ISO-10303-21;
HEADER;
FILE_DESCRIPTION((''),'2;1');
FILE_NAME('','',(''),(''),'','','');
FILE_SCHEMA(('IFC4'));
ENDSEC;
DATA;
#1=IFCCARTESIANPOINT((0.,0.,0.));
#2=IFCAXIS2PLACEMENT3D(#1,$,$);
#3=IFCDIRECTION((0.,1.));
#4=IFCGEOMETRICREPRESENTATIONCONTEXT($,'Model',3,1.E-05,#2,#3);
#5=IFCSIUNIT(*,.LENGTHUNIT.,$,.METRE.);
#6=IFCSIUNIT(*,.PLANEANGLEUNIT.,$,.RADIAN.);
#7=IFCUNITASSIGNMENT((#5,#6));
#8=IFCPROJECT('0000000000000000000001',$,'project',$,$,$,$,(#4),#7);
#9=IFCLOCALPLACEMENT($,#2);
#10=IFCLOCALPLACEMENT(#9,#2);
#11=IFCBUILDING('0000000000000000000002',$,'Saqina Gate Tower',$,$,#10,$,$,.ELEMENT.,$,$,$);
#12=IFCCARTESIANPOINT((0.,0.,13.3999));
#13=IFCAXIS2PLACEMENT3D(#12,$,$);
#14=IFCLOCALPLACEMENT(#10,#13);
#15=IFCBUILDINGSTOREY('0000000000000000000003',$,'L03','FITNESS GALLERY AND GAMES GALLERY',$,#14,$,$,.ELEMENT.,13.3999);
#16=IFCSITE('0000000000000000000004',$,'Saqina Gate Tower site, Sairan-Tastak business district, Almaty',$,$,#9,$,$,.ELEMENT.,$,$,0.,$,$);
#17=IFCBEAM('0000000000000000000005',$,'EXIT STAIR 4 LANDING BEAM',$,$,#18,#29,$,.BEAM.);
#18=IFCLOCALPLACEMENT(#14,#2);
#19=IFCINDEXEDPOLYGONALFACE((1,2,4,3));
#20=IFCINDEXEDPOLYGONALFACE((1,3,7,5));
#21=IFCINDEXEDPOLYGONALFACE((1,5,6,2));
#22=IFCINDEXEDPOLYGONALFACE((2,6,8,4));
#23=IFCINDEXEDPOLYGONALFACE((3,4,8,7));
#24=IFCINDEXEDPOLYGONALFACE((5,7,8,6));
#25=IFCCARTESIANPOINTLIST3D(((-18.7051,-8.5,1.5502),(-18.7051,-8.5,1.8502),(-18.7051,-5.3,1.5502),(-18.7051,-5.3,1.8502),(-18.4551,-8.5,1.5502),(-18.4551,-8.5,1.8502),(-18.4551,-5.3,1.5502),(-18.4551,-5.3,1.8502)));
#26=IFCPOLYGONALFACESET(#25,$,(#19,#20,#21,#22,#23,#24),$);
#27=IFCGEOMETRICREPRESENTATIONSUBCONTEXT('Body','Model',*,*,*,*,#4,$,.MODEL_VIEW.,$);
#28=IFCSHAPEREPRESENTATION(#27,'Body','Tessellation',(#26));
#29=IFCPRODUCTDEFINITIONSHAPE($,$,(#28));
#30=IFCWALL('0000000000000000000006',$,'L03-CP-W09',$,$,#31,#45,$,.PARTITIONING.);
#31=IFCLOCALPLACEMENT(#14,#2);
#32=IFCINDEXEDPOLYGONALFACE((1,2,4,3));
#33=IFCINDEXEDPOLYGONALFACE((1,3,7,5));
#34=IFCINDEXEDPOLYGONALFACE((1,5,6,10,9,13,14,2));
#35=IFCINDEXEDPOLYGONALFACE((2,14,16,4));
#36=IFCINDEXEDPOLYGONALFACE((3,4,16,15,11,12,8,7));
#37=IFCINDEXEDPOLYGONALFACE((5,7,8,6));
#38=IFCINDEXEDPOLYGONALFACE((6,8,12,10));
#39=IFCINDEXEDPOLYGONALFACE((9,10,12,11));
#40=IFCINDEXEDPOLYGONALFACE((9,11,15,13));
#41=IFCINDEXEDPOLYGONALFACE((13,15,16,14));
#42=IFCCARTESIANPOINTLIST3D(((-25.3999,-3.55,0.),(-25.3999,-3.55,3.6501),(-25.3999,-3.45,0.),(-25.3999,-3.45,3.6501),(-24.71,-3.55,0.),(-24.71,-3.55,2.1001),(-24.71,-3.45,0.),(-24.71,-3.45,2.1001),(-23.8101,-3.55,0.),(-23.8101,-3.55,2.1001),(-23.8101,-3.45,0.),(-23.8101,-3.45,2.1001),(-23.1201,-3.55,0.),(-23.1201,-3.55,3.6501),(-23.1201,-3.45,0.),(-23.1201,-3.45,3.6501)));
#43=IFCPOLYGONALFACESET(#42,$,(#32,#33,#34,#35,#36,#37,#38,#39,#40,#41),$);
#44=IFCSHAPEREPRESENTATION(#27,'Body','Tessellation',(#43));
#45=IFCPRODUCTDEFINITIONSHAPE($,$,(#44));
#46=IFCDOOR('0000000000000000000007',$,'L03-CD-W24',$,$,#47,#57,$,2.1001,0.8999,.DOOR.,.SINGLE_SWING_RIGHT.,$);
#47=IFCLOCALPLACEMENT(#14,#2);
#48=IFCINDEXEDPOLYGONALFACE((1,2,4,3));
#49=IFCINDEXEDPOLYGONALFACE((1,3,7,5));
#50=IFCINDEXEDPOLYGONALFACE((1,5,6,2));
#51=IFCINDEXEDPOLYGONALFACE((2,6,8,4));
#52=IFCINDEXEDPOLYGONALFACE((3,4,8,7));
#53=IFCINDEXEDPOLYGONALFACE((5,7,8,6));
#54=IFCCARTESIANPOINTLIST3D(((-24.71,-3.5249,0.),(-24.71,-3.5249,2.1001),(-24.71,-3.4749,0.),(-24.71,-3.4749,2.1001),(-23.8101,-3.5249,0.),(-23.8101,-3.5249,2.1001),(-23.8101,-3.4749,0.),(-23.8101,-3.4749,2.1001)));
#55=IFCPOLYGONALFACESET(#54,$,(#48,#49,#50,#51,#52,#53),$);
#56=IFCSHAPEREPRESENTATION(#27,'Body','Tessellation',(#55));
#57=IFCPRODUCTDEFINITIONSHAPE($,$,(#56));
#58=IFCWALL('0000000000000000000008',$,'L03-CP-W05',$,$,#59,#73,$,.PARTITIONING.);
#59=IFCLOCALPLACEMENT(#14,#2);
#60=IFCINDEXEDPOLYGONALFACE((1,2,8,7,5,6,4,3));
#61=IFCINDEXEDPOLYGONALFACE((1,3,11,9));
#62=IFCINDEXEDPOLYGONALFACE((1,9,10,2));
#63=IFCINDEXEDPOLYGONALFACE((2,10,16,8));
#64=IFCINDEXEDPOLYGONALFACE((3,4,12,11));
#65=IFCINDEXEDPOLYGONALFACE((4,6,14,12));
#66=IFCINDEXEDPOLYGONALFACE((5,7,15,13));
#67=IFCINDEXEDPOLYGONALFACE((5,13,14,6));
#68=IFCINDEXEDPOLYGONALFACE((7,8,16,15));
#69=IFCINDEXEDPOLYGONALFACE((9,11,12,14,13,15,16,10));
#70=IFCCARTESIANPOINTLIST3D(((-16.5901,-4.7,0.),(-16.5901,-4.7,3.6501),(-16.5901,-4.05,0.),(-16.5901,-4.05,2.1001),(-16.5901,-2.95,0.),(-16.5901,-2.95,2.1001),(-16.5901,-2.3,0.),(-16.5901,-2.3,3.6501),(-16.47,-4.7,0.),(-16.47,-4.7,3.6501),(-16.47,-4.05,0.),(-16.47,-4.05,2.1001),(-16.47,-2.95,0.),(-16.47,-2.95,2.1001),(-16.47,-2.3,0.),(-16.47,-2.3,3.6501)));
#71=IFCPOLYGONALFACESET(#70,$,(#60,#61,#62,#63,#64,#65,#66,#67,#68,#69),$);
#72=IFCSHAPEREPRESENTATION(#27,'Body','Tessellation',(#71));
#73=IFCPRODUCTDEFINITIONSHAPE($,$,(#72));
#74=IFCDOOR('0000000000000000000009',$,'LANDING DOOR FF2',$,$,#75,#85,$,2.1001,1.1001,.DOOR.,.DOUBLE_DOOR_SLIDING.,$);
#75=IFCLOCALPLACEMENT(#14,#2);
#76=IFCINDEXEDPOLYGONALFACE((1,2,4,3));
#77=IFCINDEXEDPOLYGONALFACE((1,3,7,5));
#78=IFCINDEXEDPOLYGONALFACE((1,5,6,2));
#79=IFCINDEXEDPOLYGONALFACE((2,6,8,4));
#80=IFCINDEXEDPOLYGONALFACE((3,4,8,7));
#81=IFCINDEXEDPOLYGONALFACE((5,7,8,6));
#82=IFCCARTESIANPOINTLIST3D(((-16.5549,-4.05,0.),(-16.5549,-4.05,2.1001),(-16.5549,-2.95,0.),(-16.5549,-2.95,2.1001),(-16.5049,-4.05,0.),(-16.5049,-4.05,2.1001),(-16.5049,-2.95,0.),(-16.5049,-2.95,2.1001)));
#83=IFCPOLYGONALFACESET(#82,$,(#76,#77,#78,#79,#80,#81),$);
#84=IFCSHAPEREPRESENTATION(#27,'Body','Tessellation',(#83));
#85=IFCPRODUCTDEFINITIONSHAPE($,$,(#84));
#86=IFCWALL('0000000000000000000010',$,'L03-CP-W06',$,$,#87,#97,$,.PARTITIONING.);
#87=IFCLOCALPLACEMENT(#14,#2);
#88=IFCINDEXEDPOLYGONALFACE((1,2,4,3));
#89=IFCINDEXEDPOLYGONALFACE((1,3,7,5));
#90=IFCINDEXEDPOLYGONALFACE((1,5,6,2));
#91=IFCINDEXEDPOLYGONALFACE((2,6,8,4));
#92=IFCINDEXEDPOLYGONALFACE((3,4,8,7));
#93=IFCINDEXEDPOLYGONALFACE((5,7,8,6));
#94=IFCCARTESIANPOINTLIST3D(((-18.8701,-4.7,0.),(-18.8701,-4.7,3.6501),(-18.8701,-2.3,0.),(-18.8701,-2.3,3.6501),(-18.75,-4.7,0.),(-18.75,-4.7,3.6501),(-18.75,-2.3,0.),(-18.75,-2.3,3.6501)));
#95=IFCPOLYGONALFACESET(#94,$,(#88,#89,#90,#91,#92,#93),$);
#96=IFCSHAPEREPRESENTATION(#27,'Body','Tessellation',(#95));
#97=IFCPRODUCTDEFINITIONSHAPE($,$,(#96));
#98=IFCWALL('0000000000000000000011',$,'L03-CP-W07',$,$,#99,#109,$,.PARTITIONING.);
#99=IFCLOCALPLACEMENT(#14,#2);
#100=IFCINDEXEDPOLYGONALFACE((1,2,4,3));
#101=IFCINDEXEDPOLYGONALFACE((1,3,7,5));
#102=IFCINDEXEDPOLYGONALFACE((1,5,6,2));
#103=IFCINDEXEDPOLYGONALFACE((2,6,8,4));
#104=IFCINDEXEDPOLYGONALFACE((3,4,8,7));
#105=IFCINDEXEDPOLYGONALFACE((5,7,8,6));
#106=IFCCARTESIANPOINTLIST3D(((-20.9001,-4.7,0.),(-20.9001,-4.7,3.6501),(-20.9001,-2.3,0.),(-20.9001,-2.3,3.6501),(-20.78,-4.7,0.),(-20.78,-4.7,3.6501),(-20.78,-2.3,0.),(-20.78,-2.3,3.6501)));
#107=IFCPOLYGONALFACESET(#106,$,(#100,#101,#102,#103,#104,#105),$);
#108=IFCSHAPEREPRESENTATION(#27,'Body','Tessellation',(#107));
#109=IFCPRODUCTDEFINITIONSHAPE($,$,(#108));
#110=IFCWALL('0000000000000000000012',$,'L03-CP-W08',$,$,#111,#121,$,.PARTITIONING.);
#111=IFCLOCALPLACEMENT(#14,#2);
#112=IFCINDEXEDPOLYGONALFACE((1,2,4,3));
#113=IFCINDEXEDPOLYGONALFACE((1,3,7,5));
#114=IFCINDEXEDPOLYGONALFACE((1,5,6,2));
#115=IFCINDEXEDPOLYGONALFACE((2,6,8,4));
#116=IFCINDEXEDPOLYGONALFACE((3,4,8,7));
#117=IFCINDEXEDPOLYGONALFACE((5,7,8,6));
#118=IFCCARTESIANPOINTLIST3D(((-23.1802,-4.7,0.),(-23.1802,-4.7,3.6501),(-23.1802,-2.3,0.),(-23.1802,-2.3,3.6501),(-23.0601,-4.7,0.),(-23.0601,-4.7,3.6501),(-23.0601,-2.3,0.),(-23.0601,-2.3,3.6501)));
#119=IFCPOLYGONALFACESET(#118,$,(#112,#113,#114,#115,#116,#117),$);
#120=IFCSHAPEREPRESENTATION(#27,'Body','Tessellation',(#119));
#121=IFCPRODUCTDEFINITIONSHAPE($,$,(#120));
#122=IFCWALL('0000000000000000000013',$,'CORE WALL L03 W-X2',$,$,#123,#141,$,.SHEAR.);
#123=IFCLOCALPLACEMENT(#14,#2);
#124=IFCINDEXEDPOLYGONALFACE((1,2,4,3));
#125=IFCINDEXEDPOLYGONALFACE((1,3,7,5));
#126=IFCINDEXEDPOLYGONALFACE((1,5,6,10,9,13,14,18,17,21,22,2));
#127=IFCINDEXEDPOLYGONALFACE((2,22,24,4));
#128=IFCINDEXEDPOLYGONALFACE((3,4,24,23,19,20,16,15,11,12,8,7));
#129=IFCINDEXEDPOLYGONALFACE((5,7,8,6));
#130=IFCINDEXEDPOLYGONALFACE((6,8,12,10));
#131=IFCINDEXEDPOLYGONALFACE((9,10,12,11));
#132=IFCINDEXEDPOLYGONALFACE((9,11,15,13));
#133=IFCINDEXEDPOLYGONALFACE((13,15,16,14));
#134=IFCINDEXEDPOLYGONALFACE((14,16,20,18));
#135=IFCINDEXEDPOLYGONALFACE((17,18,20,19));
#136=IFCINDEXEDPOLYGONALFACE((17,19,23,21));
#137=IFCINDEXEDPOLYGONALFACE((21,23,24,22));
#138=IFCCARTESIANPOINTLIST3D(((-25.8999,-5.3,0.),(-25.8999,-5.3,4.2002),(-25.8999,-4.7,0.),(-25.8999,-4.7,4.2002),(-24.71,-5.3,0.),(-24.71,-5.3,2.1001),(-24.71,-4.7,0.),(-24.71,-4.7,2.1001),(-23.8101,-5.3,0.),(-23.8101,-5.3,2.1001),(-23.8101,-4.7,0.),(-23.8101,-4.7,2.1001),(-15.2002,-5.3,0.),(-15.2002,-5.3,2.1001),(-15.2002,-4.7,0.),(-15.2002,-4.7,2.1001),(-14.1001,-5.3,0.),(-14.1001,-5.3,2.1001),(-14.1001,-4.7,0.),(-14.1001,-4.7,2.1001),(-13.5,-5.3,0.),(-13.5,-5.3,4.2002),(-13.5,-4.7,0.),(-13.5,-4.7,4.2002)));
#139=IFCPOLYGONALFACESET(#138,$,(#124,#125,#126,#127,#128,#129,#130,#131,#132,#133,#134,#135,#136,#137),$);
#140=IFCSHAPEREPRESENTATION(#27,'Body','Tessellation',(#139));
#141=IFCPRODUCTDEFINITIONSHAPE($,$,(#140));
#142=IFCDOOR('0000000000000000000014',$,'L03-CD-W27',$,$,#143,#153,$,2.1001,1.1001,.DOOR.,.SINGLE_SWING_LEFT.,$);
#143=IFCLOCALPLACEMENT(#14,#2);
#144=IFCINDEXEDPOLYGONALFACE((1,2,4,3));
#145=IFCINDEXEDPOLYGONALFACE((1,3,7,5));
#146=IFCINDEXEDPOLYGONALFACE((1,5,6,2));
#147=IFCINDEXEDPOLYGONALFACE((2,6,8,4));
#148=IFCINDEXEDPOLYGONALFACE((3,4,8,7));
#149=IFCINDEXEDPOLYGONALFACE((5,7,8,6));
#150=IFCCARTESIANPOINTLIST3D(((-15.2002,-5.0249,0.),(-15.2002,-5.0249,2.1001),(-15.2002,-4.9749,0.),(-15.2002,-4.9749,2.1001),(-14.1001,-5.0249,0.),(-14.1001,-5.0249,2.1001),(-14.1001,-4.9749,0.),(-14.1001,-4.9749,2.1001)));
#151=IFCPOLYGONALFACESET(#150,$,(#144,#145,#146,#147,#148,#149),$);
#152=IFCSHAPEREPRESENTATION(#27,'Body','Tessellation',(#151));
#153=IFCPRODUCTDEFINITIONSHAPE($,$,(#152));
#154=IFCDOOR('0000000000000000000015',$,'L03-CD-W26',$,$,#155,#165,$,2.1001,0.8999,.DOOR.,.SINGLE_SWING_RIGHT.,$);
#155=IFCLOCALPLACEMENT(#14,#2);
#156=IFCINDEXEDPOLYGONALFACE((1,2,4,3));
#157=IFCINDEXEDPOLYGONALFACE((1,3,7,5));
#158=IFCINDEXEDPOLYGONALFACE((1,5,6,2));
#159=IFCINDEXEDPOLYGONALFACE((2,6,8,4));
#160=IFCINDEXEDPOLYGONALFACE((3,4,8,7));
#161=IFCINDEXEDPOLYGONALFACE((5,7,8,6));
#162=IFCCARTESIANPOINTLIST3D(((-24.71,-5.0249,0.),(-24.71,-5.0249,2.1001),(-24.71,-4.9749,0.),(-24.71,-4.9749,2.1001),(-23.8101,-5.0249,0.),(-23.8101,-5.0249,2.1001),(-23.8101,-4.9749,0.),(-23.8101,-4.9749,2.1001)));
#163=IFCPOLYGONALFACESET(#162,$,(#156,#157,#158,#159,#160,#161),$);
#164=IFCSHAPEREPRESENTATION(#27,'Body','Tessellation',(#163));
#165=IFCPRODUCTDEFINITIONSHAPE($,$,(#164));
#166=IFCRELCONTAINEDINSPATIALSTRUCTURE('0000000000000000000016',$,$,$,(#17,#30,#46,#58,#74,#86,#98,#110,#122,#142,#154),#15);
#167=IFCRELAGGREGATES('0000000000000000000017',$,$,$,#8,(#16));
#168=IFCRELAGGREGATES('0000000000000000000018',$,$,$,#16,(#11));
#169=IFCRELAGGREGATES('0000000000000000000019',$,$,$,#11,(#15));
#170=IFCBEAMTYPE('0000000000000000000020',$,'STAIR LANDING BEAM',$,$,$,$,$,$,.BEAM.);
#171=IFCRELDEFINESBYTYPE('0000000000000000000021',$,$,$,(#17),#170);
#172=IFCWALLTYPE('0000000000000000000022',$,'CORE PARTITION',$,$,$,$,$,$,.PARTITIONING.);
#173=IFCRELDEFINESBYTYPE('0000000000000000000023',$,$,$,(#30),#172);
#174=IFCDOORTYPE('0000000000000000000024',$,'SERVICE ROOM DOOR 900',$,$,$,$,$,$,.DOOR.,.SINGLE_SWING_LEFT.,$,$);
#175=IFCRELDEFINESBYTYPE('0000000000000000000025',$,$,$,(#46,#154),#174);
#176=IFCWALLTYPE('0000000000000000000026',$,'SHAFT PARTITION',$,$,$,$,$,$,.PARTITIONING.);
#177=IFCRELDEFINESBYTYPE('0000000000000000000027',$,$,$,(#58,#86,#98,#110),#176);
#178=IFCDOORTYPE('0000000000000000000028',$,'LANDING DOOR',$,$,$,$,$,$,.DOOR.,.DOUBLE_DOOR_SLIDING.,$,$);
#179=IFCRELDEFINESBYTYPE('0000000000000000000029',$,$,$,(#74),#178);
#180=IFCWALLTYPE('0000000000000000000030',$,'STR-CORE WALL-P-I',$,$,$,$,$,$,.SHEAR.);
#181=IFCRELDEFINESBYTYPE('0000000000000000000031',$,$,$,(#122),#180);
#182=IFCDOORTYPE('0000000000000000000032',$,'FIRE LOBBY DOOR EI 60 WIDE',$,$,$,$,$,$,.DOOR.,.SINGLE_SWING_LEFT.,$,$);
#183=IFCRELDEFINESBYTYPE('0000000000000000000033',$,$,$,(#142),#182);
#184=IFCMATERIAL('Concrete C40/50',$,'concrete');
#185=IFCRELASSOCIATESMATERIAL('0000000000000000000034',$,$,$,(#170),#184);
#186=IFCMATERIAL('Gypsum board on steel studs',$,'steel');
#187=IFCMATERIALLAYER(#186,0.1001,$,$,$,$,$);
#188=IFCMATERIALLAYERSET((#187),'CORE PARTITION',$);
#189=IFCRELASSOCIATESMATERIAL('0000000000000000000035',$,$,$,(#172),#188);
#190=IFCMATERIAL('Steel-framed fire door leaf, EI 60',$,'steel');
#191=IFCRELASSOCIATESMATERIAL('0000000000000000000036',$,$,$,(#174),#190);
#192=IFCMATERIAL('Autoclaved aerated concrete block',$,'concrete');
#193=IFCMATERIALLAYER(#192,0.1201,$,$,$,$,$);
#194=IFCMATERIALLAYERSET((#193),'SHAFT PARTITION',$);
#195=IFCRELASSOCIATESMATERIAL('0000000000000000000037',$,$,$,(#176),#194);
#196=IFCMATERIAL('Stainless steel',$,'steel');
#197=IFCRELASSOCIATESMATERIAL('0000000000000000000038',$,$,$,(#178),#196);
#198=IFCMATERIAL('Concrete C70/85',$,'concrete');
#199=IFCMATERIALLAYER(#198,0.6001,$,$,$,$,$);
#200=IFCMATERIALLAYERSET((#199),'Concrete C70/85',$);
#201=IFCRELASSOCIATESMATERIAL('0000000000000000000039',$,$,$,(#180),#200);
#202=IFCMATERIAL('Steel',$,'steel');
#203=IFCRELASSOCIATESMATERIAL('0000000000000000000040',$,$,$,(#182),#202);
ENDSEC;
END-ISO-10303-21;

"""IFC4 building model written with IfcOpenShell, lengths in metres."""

from ifc_helpers import new_model, si_unit, direction, frame, frame_2d, origin, origin_2d, place, context, subcontext, project, spatial, rectangle, extrude, material, layer, layer_set, material_profile, profile_set, type_object, element, fill, save


model = new_model("IFC4")

# Units and contexts
model_context = context("Model", 3, precision=1e-05, world=origin(), true_north=direction((0.0, 1.0)))
body_context = subcontext(model_context, "Body", "Model", "MODEL_VIEW")
ifc_project = project(units=[si_unit("LENGTHUNIT", "METRE"), si_unit("PLANEANGLEUNIT", "RADIAN")], contexts=[model_context])

# Site, building, storey
site_placement = place(None, origin())
site = spatial("IfcSite", under=ifc_project, at=site_placement, Name="Saqina Gate Tower site, Sairan-Tastak business district, Almaty", CompositionType="ELEMENT", RefElevation=0.0)
building_placement = place(site_placement, origin())
building = spatial("IfcBuilding", under=site, at=building_placement, Name="Saqina Gate Tower", CompositionType="ELEMENT")
storey_placement = place(building_placement, frame((0.0, 0.0, 13.3999)))
storey = spatial("IfcBuildingStorey", under=building, at=storey_placement, Name="L03", Description="FITNESS GALLERY AND GAMES GALLERY", CompositionType="ELEMENT", Elevation=13.3999)

# Beam
ifc_material_1 = material(Name="Concrete C40/50", Category="concrete")
ifc_material_profile = material_profile(ifc_material_1, rectangle(XDim=0.25, YDim=0.3, at=origin_2d()), Name="STAIR LANDING BEAM")
ifc_profile_set = profile_set([ifc_material_profile], Name="Concrete C40/50")
beam_type = type_object("IfcBeamType", Name="STAIR LANDING BEAM", PredefinedType="BEAM", material=ifc_profile_set)
beam_placement = place(storey_placement, frame((-18.5801, -8.5, 1.7002), z_axis=(0.0, 1.0, 0.0), x_axis=(-1.0, 0.0, 0.0)))
element("IfcBeam", 1, at=beam_placement, inside=storey, type_object=beam_type, Name="EXIT STAIR 4 LANDING BEAM", PredefinedType="BEAM", context=body_context, shape_type="SweptSolid", body=[
    extrude(rectangle(XDim=0.25, YDim=0.3, at=origin_2d()), origin(), (0.0, 0.0, 1.0), 3.2),
])

# Walls, openings, doors
ifc_material_2 = material(Name="Gypsum board on steel studs", Category="steel")
ifc_layer_1 = layer(ifc_material_2, 0.1001)
ifc_layer_set_1 = layer_set([ifc_layer_1], Name="CORE PARTITION")
wall_type_1 = type_object("IfcWallType", Name="CORE PARTITION", PredefinedType="PARTITIONING", material=ifc_layer_set_1)
wall_1_placement = place(storey_placement, frame((-23.1201, -3.5, 0.0), z_axis=(0.0, 0.0, 1.0), x_axis=(-1.0, 0.0, 0.0)))
wall_1 = element("IfcWall", 2, at=wall_1_placement, inside=storey, type_object=wall_type_1, Name="L03-CP-W09", PredefinedType="PARTITIONING", context=body_context, shape_type="SweptSolid", body=[
    extrude(rectangle(XDim=2.2798, YDim=0.1001, at=frame_2d((1.1399, 0.0))), origin(), (0.0, 0.0, 1.0), 3.6501),
])
opening_1_placement = place(wall_1_placement, frame((0.6899, 0.0, 0.0)))
opening_1 = element("IfcOpeningElement", 3, at=opening_1_placement, cuts=wall_1, PredefinedType="OPENING", context=body_context, shape_type="SweptSolid", body=[
    extrude(rectangle(XDim=0.8999, YDim=2.1001, at=frame_2d((0.45, 1.05))), frame((0.0, 0.062, 0.0), z_axis=(0.0, -1.0, 0.0), x_axis=(1.0, 0.0, 0.0)), (0.0, 0.0, 1.0), 0.124),
])
ifc_material_3 = material(Name="Steel-framed fire door leaf, EI 60", Category="steel")
door_type_1 = type_object("IfcDoorType", Name="SERVICE ROOM DOOR 900", OperationType="SINGLE_SWING_LEFT", PredefinedType="DOOR", material=ifc_material_3)
door_1_placement = place(opening_1_placement, origin())
door_1 = element("IfcDoor", 4, at=door_1_placement, inside=storey, type_object=door_type_1, Name="L03-CD-W24", OperationType="SINGLE_SWING_RIGHT", OverallHeight=2.1001, OverallWidth=0.8999, PredefinedType="DOOR", context=body_context, shape_type="SweptSolid", body=[
    extrude(rectangle(XDim=0.8999, YDim=2.1001, at=frame_2d((0.45, 1.05))), frame((0.0, 0.0249, 0.0), z_axis=(0.0, -1.0, 0.0), x_axis=(1.0, 0.0, 0.0)), (0.0, 0.0, 1.0), 0.05),
])
fill(opening_1, door_1)
ifc_material_4 = material(Name="Autoclaved aerated concrete block", Category="concrete")
ifc_layer_2 = layer(ifc_material_4, 0.1201)
ifc_layer_set_2 = layer_set([ifc_layer_2], Name="SHAFT PARTITION")
wall_type_2 = type_object("IfcWallType", Name="SHAFT PARTITION", PredefinedType="PARTITIONING", material=ifc_layer_set_2)
wall_2_placement = place(storey_placement, frame((-16.53, -4.7, 0.0), z_axis=(0.0, 0.0, 1.0), x_axis=(0.0, 1.0, 0.0)))
wall_2 = element("IfcWall", 5, at=wall_2_placement, inside=storey, type_object=wall_type_2, Name="L03-CP-W05", PredefinedType="PARTITIONING", context=body_context, shape_type="SweptSolid", body=[
    extrude(rectangle(XDim=2.3999, YDim=0.1201, at=frame_2d((1.2, 0.0))), origin(), (0.0, 0.0, 1.0), 3.6501),
])
opening_2_placement = place(wall_2_placement, frame((0.6499, 0.0, 0.0)))
opening_2 = element("IfcOpeningElement", 6, at=opening_2_placement, cuts=wall_2, PredefinedType="OPENING", context=body_context, shape_type="SweptSolid", body=[
    extrude(rectangle(XDim=1.1001, YDim=2.1001, at=frame_2d((0.55, 1.05))), frame((0.0, 0.072, 0.0), z_axis=(0.0, -1.0, 0.0), x_axis=(1.0, 0.0, 0.0)), (0.0, 0.0, 1.0), 0.144),
])
ifc_material_5 = material(Name="Stainless steel", Category="steel")
door_type_2 = type_object("IfcDoorType", Name="LANDING DOOR", OperationType="DOUBLE_DOOR_SLIDING", PredefinedType="DOOR", material=ifc_material_5)
door_2_placement = place(opening_2_placement, origin())
door_2 = element("IfcDoor", 7, at=door_2_placement, inside=storey, type_object=door_type_2, Name="LANDING DOOR FF2", OperationType="DOUBLE_DOOR_SLIDING", OverallHeight=2.1001, OverallWidth=1.1001, PredefinedType="DOOR", context=body_context, shape_type="SweptSolid", body=[
    extrude(rectangle(XDim=1.1001, YDim=2.1001, at=frame_2d((0.55, 1.05))), frame((0.0, 0.0249, 0.0), z_axis=(0.0, -1.0, 0.0), x_axis=(1.0, 0.0, 0.0)), (0.0, 0.0, 1.0), 0.05),
])
fill(opening_2, door_2)

# Walls
for number, where, z_axis, x_axis, name in (
    (8, (-18.8101, -4.7, 0.0), (0.0, 0.0, 1.0), (0.0, 1.0, 0.0), "L03-CP-W06"),
    (9, (-20.8401, -4.7, 0.0), (0.0, 0.0, 1.0), (0.0, 1.0, 0.0), "L03-CP-W07"),
    (10, (-23.1201, -4.7, 0.0), (0.0, 0.0, 1.0), (0.0, 1.0, 0.0), "L03-CP-W08"),
):
    element("IfcWall", number, at=place(storey_placement, frame(where, z_axis=z_axis, x_axis=x_axis)), inside=storey, type_object=wall_type_2, Name=name, PredefinedType="PARTITIONING", context=body_context, shape_type="SweptSolid", body=[
        extrude(rectangle(XDim=2.3999, YDim=0.1201, at=frame_2d((1.2, 0.0))), origin(), (0.0, 0.0, 1.0), 3.6501),
    ])

# Wall, openings, doors
ifc_material_6 = material(Name="Concrete C70/85", Category="concrete")
ifc_layer_3 = layer(ifc_material_6, 0.6001)
ifc_layer_set_3 = layer_set([ifc_layer_3], Name="Concrete C70/85")
wall_type_3 = type_object("IfcWallType", Name="STR-CORE WALL-P-I", PredefinedType="SHEAR", material=ifc_layer_set_3)
wall_3_placement = place(storey_placement, frame((-13.5, -5.0, 0.0), z_axis=(0.0, 0.0, 1.0), x_axis=(-1.0, 0.0, 0.0)))
wall_3 = element("IfcWall", 11, at=wall_3_placement, inside=storey, type_object=wall_type_3, Name="CORE WALL L03 W-X2", PredefinedType="SHEAR", context=body_context, shape_type="SweptSolid", body=[
    extrude(rectangle(XDim=12.3999, YDim=0.6001, at=frame_2d((6.2, 0.0))), origin(), (0.0, 0.0, 1.0), 4.2002),
])
opening_3_placement = place(wall_3_placement, frame((10.3101, 0.0, 0.0)))
opening_3 = element("IfcOpeningElement", 12, at=opening_3_placement, cuts=wall_3, PredefinedType="OPENING", context=body_context, shape_type="SweptSolid", body=[
    extrude(rectangle(XDim=0.8999, YDim=2.1001, at=frame_2d((0.45, 1.05))), frame((0.0, 0.312, 0.0), z_axis=(0.0, -1.0, 0.0), x_axis=(1.0, 0.0, 0.0)), (0.0, 0.0, 1.0), 0.624),
])
opening_4_placement = place(wall_3_placement, frame((0.6001, 0.0, 0.0)))
opening_4 = element("IfcOpeningElement", 13, at=opening_4_placement, cuts=wall_3, PredefinedType="OPENING", context=body_context, shape_type="SweptSolid", body=[
    extrude(rectangle(XDim=1.1001, YDim=2.1001, at=frame_2d((0.55, 1.05))), frame((0.0, 0.312, 0.0), z_axis=(0.0, -1.0, 0.0), x_axis=(1.0, 0.0, 0.0)), (0.0, 0.0, 1.0), 0.624),
])
ifc_material_7 = material(Name="Steel", Category="steel")
door_type_3 = type_object("IfcDoorType", Name="FIRE LOBBY DOOR EI 60 WIDE", OperationType="SINGLE_SWING_LEFT", PredefinedType="DOOR", material=ifc_material_7)
door_3_placement = place(opening_4_placement, origin())
door_3 = element("IfcDoor", 14, at=door_3_placement, inside=storey, type_object=door_type_3, Name="L03-CD-W27", OperationType="SINGLE_SWING_LEFT", OverallHeight=2.1001, OverallWidth=1.1001, PredefinedType="DOOR", context=body_context, shape_type="SweptSolid", body=[
    extrude(rectangle(XDim=1.1001, YDim=2.1001, at=frame_2d((0.55, 1.05))), frame((0.0, 0.0249, 0.0), z_axis=(0.0, -1.0, 0.0), x_axis=(1.0, 0.0, 0.0)), (0.0, 0.0, 1.0), 0.05),
])
fill(opening_4, door_3)
door_4_placement = place(opening_3_placement, origin())
door_4 = element("IfcDoor", 15, at=door_4_placement, inside=storey, type_object=door_type_1, Name="L03-CD-W26", OperationType="SINGLE_SWING_RIGHT", OverallHeight=2.1001, OverallWidth=0.8999, PredefinedType="DOOR", context=body_context, shape_type="SweptSolid", body=[
    extrude(rectangle(XDim=0.8999, YDim=2.1001, at=frame_2d((0.45, 1.05))), frame((0.0, 0.0249, 0.0), z_axis=(0.0, -1.0, 0.0), x_axis=(1.0, 0.0, 0.0)), (0.0, 0.0, 1.0), 0.05),
])
fill(opening_3, door_4)

save(model, "model.ifc")
